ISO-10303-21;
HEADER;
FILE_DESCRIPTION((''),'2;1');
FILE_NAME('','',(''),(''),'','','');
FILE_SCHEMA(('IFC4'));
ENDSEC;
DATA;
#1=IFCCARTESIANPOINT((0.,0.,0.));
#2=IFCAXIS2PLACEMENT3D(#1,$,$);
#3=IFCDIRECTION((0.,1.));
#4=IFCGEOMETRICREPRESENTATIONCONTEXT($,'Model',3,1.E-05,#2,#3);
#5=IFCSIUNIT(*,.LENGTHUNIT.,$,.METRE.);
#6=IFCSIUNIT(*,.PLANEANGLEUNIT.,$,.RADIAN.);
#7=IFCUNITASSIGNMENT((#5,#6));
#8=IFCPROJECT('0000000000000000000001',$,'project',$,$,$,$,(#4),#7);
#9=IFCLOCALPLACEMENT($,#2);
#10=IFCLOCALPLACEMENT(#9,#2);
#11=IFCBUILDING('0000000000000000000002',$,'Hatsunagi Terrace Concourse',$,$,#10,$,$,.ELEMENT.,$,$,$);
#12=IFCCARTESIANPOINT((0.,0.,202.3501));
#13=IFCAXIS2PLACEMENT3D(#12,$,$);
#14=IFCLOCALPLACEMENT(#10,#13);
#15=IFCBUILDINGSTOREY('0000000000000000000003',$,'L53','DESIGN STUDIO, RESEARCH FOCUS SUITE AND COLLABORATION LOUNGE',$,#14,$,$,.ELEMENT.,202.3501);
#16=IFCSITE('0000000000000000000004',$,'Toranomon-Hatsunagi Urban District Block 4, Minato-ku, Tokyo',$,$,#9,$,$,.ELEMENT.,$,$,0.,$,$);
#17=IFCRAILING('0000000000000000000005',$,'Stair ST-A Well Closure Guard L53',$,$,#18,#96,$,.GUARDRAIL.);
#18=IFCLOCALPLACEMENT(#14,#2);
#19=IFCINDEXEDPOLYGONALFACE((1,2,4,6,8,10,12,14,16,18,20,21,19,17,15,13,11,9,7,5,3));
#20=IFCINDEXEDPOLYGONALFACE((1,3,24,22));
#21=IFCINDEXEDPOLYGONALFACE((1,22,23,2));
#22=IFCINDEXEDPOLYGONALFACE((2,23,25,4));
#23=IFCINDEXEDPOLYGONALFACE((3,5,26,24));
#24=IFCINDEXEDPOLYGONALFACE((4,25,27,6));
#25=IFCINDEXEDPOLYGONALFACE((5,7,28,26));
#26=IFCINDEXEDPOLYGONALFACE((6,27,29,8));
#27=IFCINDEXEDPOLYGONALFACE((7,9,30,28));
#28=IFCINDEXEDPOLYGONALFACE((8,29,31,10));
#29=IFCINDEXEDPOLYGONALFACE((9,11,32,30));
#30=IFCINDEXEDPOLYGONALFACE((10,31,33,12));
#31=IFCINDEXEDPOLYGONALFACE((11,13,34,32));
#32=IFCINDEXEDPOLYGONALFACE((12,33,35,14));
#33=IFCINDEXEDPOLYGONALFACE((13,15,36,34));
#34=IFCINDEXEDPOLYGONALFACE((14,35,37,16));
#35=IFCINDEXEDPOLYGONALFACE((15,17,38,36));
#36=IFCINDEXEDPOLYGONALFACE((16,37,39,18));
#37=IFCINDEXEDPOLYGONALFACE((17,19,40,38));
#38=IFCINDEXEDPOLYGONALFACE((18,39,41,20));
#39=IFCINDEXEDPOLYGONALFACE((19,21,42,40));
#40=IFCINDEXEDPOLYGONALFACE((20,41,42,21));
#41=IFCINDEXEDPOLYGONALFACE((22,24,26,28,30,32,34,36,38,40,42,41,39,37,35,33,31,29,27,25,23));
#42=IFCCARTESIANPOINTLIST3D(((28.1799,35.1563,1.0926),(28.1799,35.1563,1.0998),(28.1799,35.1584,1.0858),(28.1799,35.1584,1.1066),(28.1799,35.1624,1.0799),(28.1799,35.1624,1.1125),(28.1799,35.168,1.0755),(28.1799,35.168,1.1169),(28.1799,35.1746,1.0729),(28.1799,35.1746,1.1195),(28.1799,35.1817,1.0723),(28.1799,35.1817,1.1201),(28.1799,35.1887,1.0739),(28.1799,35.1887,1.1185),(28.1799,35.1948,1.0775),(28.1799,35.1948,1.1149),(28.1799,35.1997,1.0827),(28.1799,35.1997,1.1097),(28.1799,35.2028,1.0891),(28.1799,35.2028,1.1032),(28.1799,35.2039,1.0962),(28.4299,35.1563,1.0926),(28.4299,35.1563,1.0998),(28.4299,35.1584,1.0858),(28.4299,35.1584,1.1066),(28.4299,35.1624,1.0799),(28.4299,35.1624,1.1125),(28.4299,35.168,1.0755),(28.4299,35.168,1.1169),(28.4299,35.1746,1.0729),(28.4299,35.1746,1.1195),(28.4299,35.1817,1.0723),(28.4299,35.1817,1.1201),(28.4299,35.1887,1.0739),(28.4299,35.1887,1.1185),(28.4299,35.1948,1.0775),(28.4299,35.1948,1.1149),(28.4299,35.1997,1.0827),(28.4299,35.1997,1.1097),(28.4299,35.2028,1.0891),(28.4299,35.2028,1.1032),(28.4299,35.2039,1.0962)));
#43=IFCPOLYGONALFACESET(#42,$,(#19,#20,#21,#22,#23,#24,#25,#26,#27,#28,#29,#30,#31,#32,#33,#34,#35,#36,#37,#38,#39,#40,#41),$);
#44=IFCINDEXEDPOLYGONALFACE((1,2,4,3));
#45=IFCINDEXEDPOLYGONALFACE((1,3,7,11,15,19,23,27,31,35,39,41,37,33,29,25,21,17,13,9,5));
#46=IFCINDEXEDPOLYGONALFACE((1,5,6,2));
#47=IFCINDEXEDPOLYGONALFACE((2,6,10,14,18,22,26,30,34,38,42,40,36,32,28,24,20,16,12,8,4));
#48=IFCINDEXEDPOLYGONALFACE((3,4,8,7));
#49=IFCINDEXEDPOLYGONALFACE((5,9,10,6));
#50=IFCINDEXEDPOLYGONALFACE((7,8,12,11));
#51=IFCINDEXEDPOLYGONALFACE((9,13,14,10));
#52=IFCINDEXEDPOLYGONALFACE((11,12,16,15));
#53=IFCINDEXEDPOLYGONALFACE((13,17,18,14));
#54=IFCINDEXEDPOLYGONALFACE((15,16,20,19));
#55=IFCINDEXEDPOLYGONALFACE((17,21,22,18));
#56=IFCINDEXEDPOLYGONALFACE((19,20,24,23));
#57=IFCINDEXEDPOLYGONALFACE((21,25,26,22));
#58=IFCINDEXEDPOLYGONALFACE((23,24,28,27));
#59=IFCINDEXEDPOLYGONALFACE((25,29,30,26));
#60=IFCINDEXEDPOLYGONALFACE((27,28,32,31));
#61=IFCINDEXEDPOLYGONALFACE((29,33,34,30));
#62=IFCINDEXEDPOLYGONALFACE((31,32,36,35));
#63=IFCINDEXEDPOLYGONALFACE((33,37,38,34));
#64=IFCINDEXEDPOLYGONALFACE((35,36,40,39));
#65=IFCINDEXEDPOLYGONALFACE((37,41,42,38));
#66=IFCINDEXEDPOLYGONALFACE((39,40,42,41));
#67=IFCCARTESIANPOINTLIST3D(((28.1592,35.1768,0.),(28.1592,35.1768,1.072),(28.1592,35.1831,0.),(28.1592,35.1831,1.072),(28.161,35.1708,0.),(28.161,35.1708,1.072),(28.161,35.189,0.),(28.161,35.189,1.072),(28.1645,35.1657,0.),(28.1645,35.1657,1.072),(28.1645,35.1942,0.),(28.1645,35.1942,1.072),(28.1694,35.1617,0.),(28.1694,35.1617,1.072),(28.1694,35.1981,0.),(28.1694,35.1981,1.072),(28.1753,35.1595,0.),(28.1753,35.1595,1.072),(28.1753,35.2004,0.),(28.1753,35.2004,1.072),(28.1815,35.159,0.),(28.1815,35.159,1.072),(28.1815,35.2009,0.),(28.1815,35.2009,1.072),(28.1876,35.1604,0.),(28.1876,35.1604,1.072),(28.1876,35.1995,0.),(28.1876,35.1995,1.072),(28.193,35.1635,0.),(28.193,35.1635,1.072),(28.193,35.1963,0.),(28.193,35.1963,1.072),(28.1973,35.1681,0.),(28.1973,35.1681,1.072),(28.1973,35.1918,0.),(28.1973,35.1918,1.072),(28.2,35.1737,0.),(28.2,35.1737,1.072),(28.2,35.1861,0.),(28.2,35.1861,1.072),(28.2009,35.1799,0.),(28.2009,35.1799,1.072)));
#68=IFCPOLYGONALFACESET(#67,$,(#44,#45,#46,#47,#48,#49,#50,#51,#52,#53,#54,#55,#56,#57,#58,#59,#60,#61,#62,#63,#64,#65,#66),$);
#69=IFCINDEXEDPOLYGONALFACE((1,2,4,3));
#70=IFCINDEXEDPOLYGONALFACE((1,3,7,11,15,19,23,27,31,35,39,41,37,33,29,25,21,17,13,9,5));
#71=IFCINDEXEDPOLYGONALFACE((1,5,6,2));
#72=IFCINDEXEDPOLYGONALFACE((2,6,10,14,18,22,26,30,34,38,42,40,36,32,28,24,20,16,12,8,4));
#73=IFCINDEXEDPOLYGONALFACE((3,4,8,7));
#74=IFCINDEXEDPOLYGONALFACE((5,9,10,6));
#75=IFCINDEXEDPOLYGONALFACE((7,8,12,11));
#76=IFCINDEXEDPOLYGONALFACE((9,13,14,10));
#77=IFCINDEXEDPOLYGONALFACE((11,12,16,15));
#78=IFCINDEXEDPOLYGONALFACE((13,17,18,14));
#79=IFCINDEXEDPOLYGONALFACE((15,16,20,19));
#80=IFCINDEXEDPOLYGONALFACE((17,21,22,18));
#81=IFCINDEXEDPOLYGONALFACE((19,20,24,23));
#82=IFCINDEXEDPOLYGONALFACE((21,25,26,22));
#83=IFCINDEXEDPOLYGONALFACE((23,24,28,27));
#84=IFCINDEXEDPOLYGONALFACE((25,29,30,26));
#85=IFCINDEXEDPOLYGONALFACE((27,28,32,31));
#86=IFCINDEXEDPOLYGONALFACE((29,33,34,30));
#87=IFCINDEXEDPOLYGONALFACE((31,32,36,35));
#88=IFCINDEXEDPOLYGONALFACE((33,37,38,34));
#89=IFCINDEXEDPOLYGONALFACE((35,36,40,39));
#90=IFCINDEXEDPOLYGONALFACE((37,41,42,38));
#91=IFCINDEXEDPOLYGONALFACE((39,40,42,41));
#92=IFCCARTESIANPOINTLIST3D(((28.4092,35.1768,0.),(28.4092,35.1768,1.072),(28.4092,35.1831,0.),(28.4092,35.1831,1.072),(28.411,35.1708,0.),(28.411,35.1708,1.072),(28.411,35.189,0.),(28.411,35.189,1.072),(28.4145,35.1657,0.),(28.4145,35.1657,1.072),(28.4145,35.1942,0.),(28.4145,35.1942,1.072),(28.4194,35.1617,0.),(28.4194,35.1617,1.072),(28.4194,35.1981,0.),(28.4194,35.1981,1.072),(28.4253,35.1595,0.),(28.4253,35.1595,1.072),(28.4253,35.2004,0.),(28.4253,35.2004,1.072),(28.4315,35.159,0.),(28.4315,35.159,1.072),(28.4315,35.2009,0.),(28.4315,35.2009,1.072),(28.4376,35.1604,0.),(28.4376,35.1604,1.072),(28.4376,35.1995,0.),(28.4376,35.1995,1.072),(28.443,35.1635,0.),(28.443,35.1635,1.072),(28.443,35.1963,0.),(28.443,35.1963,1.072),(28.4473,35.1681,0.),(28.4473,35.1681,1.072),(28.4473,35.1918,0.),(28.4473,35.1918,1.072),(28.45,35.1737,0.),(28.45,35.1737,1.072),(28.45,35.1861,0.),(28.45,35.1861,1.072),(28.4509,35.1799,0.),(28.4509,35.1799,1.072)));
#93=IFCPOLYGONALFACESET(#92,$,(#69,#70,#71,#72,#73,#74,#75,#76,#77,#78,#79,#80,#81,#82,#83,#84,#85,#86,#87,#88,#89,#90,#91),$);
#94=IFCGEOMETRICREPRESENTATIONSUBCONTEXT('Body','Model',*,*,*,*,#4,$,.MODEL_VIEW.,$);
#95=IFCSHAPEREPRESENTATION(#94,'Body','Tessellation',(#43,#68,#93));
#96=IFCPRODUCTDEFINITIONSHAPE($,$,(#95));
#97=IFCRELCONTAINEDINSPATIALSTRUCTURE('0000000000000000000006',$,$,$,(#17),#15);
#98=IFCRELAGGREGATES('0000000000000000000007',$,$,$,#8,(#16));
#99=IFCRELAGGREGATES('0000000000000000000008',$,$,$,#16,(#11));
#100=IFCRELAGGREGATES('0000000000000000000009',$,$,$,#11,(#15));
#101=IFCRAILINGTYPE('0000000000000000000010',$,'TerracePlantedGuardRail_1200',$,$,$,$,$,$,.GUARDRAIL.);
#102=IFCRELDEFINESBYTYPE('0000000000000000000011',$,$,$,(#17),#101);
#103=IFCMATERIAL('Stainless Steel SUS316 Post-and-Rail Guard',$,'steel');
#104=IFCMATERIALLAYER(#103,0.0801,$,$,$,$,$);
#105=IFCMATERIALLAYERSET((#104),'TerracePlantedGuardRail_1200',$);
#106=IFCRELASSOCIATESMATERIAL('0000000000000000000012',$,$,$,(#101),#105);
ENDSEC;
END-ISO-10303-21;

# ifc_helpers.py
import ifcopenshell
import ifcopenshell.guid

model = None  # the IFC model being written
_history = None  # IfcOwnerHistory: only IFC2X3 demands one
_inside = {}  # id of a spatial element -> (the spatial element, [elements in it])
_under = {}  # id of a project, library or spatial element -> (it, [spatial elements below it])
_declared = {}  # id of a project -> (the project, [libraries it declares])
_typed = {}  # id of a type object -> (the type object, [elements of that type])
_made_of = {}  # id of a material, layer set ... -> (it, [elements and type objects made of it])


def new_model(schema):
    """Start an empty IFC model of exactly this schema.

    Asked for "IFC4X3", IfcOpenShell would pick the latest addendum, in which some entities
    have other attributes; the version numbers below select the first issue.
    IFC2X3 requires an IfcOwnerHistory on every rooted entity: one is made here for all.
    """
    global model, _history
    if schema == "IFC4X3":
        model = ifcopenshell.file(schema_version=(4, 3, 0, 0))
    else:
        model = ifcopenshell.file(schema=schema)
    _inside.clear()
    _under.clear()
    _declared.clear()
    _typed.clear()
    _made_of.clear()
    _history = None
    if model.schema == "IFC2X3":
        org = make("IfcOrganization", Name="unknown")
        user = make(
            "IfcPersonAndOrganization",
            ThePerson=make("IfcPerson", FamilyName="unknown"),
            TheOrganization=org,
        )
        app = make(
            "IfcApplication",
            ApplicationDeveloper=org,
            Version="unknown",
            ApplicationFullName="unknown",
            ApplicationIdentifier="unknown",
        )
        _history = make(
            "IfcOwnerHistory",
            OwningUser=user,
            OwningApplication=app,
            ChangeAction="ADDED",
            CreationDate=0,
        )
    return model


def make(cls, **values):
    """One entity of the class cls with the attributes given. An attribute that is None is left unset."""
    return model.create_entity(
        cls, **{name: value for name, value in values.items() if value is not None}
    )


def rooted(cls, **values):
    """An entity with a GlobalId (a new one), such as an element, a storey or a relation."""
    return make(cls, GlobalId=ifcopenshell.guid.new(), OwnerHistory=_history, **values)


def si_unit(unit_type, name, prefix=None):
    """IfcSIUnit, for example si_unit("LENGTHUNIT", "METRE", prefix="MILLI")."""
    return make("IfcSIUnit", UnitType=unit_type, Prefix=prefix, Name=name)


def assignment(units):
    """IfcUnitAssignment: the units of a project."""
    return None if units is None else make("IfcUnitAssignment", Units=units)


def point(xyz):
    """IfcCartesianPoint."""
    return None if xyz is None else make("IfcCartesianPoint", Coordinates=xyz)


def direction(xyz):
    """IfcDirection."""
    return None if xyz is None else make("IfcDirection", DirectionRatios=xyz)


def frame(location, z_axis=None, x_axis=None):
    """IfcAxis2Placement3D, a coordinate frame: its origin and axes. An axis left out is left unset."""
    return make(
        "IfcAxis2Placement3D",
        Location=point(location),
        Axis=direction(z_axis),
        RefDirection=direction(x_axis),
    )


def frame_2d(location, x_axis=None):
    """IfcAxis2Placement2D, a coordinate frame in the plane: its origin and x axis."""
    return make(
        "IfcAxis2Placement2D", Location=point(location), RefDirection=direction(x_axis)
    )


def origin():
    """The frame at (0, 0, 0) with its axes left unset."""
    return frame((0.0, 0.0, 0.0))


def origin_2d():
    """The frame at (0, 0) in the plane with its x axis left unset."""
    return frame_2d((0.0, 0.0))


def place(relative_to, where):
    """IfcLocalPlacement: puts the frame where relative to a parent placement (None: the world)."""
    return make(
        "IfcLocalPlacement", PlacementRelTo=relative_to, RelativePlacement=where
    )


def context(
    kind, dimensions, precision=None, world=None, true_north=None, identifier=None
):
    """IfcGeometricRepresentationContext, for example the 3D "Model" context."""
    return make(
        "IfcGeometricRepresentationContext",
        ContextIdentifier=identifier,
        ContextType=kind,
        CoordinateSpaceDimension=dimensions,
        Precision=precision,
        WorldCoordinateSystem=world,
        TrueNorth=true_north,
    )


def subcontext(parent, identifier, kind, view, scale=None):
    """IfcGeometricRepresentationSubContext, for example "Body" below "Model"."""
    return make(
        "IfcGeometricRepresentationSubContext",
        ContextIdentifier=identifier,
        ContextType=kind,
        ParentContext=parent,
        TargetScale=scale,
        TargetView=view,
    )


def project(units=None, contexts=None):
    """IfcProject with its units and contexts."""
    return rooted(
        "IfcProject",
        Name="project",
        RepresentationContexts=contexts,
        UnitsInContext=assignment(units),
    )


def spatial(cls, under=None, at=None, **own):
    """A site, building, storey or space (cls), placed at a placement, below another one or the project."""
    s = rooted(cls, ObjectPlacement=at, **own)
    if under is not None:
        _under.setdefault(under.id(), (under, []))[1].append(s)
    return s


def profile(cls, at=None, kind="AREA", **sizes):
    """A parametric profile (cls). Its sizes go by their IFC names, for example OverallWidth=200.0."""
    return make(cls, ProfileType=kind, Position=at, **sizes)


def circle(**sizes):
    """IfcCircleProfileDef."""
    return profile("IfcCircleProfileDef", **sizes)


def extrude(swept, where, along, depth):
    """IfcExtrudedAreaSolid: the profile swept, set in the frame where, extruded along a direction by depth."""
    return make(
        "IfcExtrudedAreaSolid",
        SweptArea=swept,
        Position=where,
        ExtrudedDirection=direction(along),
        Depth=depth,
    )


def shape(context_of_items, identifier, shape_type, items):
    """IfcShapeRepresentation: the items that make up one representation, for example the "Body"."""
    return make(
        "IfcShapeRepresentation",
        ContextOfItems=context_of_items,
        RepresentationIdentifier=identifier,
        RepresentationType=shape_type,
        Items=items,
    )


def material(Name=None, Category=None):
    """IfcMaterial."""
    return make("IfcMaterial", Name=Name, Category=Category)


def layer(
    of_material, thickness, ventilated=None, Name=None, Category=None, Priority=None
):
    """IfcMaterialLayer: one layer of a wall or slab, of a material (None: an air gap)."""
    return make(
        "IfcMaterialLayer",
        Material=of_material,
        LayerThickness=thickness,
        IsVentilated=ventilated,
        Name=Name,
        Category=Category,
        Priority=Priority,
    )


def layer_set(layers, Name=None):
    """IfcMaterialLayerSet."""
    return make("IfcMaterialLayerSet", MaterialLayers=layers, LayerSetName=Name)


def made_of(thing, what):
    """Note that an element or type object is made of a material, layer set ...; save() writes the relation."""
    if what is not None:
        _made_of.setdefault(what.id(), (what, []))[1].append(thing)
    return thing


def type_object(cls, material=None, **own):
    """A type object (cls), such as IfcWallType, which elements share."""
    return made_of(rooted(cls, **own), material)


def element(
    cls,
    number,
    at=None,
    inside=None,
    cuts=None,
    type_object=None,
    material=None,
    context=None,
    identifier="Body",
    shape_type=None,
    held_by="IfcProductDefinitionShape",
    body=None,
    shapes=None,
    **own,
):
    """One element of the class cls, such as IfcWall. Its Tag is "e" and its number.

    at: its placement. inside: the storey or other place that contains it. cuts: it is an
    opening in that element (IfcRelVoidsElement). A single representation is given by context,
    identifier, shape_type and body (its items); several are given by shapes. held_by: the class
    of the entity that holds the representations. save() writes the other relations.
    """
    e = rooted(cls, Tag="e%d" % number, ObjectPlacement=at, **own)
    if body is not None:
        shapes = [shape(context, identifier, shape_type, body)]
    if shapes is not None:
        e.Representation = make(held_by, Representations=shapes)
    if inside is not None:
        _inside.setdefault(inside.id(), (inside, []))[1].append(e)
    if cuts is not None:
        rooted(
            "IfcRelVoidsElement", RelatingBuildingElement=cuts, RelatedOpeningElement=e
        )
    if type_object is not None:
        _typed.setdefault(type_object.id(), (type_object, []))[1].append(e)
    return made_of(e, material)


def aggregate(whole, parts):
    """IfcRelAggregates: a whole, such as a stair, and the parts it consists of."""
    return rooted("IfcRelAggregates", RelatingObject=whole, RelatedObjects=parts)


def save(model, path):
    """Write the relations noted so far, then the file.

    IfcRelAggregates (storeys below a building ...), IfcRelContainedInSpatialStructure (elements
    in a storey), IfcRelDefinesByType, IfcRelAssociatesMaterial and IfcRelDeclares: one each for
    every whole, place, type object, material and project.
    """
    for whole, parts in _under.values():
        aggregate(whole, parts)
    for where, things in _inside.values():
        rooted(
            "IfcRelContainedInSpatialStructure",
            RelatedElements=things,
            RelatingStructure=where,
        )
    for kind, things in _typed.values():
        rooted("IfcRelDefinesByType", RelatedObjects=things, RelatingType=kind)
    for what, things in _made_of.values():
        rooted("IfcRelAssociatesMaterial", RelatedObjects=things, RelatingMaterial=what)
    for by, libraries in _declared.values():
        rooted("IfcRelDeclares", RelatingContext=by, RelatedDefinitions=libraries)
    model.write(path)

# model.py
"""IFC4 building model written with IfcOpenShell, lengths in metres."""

from ifc_helpers import new_model, si_unit, direction, frame, origin, origin_2d, place, context, subcontext, project, spatial, circle, extrude, material, layer, layer_set, type_object, element, save


model = new_model("IFC4")

# Units and contexts
model_context = context("Model", 3, precision=1e-05, world=origin(), true_north=direction((0.0, 1.0)))
body_context = subcontext(model_context, "Body", "Model", "MODEL_VIEW")
ifc_project = project(units=[si_unit("LENGTHUNIT", "METRE"), si_unit("PLANEANGLEUNIT", "RADIAN")], contexts=[model_context])

# Site, building, storey
site_placement = place(None, origin())
site = spatial("IfcSite", under=ifc_project, at=site_placement, Name="Toranomon-Hatsunagi Urban District Block 4, Minato-ku, Tokyo", CompositionType="ELEMENT", RefElevation=0.0)
building_placement = place(site_placement, origin())
building = spatial("IfcBuilding", under=site, at=building_placement, Name="Hatsunagi Terrace Concourse", CompositionType="ELEMENT")
storey_placement = place(building_placement, frame((0.0, 0.0, 202.3501)))
storey = spatial("IfcBuildingStorey", under=building, at=storey_placement, Name="L53", Description="DESIGN STUDIO, RESEARCH FOCUS SUITE AND COLLABORATION LOUNGE", CompositionType="ELEMENT", Elevation=202.3501)

# Railing
ifc_material_1 = material(Name="Stainless Steel SUS316 Post-and-Rail Guard", Category="steel")
ifc_layer_1 = layer(ifc_material_1, 0.0801)
ifc_layer_set_1 = layer_set([ifc_layer_1], Name="TerracePlantedGuardRail_1200")
railing_type_1 = type_object("IfcRailingType", Name="TerracePlantedGuardRail_1200", PredefinedType="GUARDRAIL", material=ifc_layer_set_1)
railing_1_placement = place(storey_placement, frame((28.1799, 35.1799, 0.0)))
element("IfcRailing", 1, at=railing_1_placement, inside=storey, type_object=railing_type_1, Name="Stair ST-A Well Closure Guard L53", PredefinedType="GUARDRAIL", context=body_context, shape_type="SweptSolid", body=[
    extrude(circle(Radius=0.0239, at=origin_2d()), frame((0.0, 0.0, 1.0962), z_axis=(1.0, 0.0, 0.0), x_axis=(0.0, 1.0, 0.0)), (0.0, 0.0, 1.0), 0.25),
    extrude(circle(Radius=0.021, at=origin_2d()), origin(), (0.0, 0.0, 1.0), 1.072),
    extrude(circle(Radius=0.021, at=origin_2d()), frame((0.25, 0.0, 0.0)), (0.0, 0.0, 1.0), 1.072),
])

save(model, "model.ifc")
